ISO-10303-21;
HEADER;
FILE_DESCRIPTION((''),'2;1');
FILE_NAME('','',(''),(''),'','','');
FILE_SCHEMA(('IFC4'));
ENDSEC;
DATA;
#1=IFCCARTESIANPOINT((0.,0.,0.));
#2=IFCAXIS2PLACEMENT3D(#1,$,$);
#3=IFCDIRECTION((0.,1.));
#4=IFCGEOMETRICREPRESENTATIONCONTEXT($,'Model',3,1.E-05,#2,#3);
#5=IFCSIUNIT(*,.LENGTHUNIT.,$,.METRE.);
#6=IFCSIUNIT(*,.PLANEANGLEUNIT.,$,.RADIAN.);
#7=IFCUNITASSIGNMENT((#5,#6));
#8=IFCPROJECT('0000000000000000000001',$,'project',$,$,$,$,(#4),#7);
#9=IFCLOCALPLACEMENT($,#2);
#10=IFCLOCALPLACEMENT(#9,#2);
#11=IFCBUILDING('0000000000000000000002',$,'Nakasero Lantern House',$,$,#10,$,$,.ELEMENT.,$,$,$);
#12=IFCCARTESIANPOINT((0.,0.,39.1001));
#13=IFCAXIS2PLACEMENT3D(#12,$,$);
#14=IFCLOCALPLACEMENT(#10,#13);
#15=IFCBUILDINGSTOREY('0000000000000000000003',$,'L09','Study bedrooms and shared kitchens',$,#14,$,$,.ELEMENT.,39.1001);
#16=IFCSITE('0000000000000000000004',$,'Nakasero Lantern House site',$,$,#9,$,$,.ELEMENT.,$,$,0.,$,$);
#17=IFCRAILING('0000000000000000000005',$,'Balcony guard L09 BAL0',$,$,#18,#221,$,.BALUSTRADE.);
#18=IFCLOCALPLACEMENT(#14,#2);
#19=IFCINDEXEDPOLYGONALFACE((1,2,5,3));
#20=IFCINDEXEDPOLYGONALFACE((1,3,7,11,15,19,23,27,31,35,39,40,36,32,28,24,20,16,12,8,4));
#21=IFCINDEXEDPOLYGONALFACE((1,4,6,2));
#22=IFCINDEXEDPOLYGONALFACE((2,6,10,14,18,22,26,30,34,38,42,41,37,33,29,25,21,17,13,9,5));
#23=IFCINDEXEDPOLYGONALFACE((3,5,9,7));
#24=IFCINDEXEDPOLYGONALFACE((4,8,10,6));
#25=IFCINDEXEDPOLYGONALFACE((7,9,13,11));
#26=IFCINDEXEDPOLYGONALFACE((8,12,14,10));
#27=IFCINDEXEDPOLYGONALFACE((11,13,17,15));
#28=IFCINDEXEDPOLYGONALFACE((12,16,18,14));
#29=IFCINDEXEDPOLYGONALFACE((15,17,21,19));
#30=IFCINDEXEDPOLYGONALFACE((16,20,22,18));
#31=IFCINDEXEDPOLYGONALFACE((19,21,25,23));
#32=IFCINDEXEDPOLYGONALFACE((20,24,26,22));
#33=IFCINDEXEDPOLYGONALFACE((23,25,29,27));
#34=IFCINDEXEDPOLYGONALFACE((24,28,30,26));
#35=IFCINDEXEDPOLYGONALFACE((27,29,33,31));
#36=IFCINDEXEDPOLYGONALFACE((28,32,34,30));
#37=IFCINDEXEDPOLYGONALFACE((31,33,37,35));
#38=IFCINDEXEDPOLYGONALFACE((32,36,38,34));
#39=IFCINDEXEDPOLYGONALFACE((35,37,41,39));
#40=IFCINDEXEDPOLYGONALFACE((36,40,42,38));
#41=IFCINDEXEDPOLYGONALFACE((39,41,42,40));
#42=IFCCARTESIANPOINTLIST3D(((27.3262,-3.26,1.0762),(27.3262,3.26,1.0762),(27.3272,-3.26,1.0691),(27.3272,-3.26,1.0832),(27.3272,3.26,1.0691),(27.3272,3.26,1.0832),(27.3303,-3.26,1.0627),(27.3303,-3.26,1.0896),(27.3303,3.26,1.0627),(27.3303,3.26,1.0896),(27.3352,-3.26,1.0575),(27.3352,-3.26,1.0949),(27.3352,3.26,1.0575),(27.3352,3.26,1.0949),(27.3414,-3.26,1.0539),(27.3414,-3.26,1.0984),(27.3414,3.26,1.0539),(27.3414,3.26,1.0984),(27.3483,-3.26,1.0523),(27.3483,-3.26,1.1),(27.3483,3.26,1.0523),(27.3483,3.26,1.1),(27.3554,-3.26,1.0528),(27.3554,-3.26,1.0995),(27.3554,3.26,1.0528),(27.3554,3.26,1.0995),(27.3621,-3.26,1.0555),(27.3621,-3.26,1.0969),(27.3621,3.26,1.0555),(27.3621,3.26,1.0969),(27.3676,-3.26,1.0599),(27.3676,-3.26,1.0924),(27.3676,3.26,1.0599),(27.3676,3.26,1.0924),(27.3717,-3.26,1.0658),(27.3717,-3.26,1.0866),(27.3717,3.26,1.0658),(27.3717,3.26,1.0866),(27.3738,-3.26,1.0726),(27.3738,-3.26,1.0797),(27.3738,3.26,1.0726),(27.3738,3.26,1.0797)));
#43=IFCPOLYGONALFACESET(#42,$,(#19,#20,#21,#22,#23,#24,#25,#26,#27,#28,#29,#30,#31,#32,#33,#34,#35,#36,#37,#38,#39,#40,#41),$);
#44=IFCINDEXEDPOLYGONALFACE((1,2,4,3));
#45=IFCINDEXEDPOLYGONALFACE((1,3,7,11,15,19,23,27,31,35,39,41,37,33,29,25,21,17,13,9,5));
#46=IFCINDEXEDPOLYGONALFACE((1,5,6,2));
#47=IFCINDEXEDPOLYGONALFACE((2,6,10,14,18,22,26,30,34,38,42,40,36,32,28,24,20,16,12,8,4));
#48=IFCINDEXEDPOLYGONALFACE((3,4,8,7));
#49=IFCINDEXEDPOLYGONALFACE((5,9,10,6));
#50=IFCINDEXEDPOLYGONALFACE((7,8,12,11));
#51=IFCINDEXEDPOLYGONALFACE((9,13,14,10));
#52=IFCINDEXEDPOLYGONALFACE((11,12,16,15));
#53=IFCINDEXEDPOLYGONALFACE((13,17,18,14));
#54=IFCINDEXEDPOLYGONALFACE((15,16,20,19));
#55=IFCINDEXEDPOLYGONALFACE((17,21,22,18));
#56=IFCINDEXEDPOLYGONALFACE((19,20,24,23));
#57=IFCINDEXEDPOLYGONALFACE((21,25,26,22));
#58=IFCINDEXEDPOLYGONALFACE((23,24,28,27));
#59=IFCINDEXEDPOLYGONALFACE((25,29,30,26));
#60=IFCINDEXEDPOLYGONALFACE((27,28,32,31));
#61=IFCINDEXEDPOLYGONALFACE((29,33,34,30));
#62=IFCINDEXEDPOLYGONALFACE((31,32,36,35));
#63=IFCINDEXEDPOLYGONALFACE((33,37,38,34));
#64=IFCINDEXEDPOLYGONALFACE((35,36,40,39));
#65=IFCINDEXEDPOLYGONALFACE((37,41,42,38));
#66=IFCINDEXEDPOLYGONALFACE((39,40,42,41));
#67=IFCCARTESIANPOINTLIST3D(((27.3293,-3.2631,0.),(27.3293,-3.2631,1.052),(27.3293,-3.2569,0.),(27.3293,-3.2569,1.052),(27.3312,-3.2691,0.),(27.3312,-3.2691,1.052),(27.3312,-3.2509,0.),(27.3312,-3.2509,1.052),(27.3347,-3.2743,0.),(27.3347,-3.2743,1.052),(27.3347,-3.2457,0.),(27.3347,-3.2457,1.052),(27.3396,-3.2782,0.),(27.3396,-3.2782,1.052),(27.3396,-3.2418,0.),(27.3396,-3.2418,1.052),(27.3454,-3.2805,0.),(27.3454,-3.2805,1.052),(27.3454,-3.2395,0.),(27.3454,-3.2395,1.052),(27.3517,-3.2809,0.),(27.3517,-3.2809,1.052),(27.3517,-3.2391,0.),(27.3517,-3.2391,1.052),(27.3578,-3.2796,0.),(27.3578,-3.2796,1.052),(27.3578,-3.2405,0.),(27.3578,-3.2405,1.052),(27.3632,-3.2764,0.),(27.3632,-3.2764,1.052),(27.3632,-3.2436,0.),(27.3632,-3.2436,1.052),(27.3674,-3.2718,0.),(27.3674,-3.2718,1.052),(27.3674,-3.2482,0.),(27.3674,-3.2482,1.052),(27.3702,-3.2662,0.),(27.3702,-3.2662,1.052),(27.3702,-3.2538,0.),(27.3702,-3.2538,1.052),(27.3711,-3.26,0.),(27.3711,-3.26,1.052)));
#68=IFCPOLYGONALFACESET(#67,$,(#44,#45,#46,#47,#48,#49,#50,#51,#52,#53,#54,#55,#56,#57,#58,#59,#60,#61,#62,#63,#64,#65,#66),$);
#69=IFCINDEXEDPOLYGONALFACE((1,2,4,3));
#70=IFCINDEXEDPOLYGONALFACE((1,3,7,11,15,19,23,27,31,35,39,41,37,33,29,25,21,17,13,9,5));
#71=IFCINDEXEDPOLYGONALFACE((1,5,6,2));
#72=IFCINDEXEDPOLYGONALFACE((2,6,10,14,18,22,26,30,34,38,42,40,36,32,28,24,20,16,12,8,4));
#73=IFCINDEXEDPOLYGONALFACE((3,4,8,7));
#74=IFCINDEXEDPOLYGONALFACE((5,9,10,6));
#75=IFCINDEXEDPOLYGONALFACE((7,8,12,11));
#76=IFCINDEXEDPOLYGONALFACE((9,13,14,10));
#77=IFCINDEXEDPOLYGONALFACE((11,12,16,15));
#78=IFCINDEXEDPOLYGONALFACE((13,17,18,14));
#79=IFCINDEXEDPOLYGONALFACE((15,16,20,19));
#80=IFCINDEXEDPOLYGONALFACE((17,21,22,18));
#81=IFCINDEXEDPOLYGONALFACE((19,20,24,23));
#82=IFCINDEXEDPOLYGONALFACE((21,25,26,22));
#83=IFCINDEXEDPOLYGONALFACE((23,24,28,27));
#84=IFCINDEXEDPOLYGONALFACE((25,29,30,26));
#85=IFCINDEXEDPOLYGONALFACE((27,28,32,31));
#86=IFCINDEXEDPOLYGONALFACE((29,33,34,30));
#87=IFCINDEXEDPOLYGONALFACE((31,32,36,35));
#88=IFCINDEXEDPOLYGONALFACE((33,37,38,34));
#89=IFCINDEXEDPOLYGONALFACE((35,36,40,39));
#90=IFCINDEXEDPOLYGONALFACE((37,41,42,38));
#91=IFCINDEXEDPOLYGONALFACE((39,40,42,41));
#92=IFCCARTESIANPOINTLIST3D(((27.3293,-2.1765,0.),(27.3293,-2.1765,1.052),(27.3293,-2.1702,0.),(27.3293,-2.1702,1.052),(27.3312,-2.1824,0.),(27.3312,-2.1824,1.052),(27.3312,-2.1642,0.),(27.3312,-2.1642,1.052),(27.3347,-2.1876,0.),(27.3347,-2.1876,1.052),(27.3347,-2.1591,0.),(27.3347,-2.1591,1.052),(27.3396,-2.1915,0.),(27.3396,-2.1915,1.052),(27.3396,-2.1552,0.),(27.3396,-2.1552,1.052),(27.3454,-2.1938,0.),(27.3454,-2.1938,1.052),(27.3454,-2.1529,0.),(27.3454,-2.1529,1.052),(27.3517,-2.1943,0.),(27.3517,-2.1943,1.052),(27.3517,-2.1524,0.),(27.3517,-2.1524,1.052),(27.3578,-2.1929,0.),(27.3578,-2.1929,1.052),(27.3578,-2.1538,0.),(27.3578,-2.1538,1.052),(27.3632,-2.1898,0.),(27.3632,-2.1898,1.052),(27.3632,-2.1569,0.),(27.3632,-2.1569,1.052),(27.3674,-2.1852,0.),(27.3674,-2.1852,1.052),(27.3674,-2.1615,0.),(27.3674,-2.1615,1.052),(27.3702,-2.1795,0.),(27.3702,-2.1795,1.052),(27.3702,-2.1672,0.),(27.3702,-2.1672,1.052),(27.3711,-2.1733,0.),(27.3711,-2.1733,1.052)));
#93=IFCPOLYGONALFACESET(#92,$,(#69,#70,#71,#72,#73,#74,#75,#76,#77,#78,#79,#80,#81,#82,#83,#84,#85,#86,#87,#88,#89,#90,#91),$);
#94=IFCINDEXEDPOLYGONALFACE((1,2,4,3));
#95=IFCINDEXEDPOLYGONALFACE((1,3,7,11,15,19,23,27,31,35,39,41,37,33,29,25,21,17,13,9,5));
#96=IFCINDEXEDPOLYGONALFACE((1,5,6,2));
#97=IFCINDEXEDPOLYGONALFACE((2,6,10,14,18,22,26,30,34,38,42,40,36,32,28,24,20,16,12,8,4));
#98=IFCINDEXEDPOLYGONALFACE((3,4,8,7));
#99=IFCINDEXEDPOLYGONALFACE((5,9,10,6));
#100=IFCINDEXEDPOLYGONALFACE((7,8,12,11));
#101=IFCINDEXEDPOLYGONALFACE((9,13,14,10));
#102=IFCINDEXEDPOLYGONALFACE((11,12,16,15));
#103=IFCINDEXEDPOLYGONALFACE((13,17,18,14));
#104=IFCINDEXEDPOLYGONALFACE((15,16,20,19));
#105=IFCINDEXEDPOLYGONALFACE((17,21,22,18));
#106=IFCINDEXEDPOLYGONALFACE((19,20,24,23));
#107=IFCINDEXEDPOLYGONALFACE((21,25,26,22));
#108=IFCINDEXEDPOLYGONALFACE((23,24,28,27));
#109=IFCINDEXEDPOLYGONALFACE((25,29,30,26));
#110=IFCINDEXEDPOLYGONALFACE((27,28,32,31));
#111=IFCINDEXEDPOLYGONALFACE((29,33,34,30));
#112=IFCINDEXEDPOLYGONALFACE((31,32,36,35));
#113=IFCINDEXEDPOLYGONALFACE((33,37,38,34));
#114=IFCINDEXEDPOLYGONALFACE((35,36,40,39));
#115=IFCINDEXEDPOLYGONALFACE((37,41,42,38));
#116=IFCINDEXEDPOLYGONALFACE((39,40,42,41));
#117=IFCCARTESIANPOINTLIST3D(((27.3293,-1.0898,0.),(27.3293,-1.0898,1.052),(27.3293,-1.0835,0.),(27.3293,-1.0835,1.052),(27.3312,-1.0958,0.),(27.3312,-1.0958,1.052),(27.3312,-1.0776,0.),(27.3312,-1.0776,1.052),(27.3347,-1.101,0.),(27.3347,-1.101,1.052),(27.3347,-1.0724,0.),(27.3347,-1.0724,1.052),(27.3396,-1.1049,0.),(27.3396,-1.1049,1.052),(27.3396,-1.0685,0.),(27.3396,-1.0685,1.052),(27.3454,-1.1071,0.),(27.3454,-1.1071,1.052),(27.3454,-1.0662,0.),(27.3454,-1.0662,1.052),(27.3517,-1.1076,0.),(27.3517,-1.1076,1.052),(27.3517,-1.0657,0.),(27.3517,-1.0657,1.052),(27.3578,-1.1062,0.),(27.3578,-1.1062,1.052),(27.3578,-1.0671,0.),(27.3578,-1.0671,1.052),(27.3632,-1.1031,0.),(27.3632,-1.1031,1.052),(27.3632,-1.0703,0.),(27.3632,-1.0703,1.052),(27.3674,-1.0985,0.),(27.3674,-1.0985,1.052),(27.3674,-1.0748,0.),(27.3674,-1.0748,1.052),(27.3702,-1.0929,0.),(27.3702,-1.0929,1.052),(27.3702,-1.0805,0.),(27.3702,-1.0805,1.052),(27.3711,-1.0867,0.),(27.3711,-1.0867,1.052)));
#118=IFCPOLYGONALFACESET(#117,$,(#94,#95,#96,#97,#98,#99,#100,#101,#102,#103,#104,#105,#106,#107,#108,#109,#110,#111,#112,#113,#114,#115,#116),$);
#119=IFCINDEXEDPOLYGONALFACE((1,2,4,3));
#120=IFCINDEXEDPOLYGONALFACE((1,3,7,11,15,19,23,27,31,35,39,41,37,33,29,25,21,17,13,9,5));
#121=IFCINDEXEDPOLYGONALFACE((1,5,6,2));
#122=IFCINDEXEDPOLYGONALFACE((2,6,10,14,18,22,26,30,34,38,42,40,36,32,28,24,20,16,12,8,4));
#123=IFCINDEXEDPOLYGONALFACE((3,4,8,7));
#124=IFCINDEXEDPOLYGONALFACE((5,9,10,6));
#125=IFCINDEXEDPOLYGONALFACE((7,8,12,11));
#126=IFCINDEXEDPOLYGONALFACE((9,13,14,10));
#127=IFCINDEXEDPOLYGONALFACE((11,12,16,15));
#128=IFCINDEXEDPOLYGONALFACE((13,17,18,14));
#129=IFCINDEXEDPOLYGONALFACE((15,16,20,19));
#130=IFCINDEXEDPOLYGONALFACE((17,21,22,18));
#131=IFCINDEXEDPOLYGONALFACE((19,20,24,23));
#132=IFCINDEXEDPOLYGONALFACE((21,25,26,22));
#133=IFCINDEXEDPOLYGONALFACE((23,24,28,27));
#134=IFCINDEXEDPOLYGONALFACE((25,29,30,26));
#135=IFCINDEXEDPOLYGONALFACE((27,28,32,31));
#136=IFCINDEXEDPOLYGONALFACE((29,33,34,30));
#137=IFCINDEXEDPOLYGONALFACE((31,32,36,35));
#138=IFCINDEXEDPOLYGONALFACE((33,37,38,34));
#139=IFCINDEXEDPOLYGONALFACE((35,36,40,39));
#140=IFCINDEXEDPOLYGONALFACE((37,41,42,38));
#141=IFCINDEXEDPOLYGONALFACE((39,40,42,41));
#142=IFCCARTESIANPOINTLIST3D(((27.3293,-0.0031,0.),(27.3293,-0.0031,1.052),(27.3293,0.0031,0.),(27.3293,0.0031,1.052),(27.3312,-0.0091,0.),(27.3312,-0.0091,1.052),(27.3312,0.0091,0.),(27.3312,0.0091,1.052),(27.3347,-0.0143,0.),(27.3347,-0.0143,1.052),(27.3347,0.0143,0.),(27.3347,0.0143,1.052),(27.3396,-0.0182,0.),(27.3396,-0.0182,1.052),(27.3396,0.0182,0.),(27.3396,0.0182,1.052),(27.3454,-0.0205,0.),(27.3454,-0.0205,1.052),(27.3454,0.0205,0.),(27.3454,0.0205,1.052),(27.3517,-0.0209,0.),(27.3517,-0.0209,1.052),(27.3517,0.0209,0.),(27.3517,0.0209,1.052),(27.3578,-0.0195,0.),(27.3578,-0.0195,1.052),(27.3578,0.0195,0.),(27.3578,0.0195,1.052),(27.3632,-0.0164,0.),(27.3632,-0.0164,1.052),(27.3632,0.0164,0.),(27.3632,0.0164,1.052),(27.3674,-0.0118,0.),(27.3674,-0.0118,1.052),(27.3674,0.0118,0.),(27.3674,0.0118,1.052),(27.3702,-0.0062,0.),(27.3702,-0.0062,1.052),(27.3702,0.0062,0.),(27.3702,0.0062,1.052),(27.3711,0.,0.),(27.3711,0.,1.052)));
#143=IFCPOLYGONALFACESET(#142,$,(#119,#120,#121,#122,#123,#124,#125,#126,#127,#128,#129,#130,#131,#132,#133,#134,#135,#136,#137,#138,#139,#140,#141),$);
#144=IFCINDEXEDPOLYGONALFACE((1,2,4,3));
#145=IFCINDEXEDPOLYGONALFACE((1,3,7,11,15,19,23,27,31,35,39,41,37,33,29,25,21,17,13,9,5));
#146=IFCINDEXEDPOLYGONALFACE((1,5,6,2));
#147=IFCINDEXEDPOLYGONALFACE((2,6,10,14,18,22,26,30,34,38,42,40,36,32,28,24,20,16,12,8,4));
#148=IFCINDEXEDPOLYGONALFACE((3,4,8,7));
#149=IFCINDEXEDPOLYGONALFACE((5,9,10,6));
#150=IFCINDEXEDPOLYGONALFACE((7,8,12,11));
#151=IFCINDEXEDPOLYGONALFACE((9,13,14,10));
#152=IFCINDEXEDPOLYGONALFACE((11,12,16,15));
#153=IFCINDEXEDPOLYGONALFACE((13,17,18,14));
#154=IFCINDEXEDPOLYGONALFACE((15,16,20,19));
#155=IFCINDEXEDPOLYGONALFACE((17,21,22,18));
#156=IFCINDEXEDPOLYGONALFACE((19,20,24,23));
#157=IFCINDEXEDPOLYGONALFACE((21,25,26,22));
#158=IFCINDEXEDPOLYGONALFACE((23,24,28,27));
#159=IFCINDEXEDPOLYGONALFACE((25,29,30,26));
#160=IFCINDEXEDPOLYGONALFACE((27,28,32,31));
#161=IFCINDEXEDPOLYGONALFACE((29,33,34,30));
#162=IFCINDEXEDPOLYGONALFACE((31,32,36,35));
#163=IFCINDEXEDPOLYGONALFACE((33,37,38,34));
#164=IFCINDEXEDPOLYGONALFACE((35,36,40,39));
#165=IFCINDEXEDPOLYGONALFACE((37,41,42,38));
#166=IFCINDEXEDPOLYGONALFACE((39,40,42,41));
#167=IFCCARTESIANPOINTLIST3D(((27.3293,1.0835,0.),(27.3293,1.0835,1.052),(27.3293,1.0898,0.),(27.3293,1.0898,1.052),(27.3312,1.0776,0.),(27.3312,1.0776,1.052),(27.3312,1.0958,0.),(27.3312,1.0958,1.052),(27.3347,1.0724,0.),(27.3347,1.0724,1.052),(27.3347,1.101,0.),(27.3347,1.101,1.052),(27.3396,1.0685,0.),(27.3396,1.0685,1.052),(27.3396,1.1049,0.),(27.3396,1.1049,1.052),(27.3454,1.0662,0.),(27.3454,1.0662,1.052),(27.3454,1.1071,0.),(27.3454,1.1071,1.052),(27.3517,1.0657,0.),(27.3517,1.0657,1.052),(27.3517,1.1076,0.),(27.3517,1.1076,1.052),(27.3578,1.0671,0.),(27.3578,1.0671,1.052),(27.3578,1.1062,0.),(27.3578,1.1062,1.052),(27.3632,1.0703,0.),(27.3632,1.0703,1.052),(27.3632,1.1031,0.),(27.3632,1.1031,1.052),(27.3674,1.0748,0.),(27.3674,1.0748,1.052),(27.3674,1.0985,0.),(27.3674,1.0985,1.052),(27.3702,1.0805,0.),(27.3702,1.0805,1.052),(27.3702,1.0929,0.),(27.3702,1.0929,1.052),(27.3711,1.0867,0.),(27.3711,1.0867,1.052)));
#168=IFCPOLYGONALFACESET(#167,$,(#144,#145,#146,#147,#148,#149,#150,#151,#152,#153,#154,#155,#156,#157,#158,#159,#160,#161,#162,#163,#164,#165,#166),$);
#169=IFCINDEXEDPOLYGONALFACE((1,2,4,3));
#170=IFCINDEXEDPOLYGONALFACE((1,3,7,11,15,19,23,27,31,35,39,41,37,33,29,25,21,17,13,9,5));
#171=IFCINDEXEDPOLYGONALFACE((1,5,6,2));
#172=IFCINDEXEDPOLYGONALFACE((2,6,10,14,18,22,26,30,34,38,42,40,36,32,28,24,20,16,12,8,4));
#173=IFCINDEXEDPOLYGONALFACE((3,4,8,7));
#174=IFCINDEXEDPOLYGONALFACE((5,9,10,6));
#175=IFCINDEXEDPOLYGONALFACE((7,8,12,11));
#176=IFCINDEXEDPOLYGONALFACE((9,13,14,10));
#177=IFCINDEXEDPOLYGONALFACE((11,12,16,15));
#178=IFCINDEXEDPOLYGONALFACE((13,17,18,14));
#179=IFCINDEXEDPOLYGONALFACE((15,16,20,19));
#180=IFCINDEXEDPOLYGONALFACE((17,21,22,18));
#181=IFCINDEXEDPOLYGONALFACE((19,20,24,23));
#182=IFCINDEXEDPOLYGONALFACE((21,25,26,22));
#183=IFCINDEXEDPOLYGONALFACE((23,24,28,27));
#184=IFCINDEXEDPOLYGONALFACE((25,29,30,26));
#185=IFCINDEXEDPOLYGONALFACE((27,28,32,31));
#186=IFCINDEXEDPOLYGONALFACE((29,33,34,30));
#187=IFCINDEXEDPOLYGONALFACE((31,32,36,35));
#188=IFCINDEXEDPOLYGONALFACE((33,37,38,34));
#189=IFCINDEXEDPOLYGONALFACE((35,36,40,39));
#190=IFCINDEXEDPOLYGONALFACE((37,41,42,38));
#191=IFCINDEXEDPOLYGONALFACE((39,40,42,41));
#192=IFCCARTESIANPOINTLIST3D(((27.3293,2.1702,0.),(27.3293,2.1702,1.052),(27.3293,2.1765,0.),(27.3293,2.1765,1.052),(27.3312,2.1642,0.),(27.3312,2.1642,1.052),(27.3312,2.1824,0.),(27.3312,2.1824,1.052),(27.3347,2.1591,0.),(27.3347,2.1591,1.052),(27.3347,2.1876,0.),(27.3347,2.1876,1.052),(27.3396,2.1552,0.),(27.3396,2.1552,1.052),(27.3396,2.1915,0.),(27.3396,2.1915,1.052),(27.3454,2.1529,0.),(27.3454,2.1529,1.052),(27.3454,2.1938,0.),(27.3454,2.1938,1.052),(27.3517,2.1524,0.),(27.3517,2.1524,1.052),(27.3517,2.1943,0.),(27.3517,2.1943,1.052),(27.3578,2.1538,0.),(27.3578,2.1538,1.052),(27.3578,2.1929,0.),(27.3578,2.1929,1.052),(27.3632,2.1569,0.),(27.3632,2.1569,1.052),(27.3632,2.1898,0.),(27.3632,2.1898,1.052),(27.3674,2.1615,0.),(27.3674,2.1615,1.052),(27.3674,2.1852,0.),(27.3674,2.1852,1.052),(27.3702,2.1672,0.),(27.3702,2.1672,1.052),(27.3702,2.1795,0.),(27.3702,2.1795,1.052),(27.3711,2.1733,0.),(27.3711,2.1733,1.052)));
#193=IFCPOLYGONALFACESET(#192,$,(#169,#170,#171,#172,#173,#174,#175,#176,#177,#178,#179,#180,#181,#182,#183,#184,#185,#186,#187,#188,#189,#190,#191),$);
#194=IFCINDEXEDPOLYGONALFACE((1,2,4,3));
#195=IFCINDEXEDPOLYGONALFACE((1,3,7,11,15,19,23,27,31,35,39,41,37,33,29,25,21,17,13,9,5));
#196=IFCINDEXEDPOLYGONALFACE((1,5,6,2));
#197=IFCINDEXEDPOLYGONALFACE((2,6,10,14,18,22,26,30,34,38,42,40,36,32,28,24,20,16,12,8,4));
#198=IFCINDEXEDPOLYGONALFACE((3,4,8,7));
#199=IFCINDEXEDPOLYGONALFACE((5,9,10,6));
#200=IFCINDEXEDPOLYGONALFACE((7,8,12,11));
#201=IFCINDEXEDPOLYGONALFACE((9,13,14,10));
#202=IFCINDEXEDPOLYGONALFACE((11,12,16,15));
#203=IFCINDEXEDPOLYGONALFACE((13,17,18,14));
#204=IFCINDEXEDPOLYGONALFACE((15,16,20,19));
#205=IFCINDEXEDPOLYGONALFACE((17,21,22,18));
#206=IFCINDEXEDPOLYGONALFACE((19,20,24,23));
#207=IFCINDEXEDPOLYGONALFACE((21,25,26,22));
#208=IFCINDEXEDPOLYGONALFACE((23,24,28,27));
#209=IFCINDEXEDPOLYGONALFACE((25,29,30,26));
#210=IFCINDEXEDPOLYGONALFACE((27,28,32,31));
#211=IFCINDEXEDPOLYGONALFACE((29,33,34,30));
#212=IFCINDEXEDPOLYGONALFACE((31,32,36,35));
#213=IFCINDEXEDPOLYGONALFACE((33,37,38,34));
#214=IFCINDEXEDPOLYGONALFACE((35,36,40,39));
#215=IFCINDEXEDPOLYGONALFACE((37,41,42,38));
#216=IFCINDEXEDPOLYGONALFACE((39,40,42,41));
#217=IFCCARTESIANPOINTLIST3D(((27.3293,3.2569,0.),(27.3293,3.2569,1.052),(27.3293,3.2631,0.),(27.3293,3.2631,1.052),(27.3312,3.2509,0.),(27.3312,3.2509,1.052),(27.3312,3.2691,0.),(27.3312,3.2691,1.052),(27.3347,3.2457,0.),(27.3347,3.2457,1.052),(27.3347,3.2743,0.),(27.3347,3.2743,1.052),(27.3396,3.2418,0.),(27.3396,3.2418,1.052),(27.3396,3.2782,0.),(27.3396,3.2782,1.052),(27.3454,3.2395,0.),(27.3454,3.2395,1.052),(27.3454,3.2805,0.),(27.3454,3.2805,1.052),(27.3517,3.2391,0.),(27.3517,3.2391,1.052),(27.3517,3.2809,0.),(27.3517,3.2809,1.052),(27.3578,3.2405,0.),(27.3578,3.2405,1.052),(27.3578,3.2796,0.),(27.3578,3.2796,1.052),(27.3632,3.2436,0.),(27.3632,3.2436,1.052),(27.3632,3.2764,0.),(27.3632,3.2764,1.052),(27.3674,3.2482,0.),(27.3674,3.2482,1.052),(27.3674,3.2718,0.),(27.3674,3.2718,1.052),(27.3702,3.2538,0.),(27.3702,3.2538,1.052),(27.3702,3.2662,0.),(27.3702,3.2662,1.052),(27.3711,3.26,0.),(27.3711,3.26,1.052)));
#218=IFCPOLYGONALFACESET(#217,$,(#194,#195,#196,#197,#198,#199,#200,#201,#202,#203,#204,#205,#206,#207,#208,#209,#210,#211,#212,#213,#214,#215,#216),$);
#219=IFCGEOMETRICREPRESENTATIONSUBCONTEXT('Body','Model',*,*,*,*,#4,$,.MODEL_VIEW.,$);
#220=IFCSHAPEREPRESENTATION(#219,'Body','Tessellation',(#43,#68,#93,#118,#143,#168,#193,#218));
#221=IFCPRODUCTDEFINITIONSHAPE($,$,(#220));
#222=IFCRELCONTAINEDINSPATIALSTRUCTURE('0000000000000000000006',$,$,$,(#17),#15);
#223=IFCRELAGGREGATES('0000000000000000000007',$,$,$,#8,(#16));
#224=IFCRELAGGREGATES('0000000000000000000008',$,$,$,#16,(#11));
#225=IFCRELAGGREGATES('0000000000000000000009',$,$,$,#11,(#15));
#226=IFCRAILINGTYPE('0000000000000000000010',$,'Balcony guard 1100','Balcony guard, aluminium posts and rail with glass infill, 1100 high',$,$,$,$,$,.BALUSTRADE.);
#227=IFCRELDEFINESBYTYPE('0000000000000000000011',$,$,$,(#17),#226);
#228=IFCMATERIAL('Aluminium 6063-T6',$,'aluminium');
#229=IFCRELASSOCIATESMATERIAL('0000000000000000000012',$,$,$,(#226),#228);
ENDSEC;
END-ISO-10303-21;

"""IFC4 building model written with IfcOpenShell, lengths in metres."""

from ifc_helpers import new_model, si_unit, direction, frame, origin, origin_2d, place, context, subcontext, project, spatial, circle, extrude, material, type_object, element, save


model = new_model("IFC4")

# Units and contexts
model_context = context("Model", 3, precision=1e-05, world=origin(), true_north=direction((0.0, 1.0)))
body_context = subcontext(model_context, "Body", "Model", "MODEL_VIEW")
ifc_project = project(units=[si_unit("LENGTHUNIT", "METRE"), si_unit("PLANEANGLEUNIT", "RADIAN")], contexts=[model_context])

# Site, building, storey
site_placement = place(None, origin())
site = spatial("IfcSite", under=ifc_project, at=site_placement, Name="Nakasero Lantern House site", CompositionType="ELEMENT", RefElevation=0.0)
building_placement = place(site_placement, origin())
building = spatial("IfcBuilding", under=site, at=building_placement, Name="Nakasero Lantern House", CompositionType="ELEMENT")
storey_placement = place(building_placement, frame((0.0, 0.0, 39.1001)))
storey = spatial("IfcBuildingStorey", under=building, at=storey_placement, Name="L09", Description="Study bedrooms and shared kitchens", CompositionType="ELEMENT", Elevation=39.1001)

# Railing
ifc_material_1 = material(Name="Aluminium 6063-T6", Category="aluminium")
railing_type = type_object("IfcRailingType", Name="Balcony guard 1100", Description="Balcony guard, aluminium posts and rail with glass infill, 1100 high", PredefinedType="BALUSTRADE", material=ifc_material_1)
railing_placement = place(storey_placement, frame((27.3501, -3.26, 0.0)))
element("IfcRailing", 1, at=railing_placement, inside=storey, type_object=railing_type, Name="Balcony guard L09 BAL0", PredefinedType="BALUSTRADE", context=body_context, shape_type="SweptSolid", body=[
    extrude(circle(Radius=0.0239, at=origin_2d()), frame((0.0, 0.0, 1.0762), z_axis=(0.0, 1.0, 0.0), x_axis=(-1.0, 0.0, 0.0)), (0.0, 0.0, 1.0), 6.52),
    extrude(circle(Radius=0.021, at=origin_2d()), origin(), (0.0, 0.0, 1.0), 1.052),
    extrude(circle(Radius=0.021, at=origin_2d()), frame((0.0, 1.0867, 0.0)), (0.0, 0.0, 1.0), 1.052),
    extrude(circle(Radius=0.021, at=origin_2d()), frame((0.0, 2.1733, 0.0)), (0.0, 0.0, 1.0), 1.052),
    extrude(circle(Radius=0.021, at=origin_2d()), frame((0.0, 3.26, 0.0)), (0.0, 0.0, 1.0), 1.052),
    extrude(circle(Radius=0.021, at=origin_2d()), frame((0.0, 4.3467, 0.0)), (0.0, 0.0, 1.0), 1.052),
    extrude(circle(Radius=0.021, at=origin_2d()), frame((0.0, 5.4333, 0.0)), (0.0, 0.0, 1.0), 1.052),
    extrude(circle(Radius=0.021, at=origin_2d()), frame((0.0, 6.52, 0.0)), (0.0, 0.0, 1.0), 1.052),
])

save(model, "model.ifc")
